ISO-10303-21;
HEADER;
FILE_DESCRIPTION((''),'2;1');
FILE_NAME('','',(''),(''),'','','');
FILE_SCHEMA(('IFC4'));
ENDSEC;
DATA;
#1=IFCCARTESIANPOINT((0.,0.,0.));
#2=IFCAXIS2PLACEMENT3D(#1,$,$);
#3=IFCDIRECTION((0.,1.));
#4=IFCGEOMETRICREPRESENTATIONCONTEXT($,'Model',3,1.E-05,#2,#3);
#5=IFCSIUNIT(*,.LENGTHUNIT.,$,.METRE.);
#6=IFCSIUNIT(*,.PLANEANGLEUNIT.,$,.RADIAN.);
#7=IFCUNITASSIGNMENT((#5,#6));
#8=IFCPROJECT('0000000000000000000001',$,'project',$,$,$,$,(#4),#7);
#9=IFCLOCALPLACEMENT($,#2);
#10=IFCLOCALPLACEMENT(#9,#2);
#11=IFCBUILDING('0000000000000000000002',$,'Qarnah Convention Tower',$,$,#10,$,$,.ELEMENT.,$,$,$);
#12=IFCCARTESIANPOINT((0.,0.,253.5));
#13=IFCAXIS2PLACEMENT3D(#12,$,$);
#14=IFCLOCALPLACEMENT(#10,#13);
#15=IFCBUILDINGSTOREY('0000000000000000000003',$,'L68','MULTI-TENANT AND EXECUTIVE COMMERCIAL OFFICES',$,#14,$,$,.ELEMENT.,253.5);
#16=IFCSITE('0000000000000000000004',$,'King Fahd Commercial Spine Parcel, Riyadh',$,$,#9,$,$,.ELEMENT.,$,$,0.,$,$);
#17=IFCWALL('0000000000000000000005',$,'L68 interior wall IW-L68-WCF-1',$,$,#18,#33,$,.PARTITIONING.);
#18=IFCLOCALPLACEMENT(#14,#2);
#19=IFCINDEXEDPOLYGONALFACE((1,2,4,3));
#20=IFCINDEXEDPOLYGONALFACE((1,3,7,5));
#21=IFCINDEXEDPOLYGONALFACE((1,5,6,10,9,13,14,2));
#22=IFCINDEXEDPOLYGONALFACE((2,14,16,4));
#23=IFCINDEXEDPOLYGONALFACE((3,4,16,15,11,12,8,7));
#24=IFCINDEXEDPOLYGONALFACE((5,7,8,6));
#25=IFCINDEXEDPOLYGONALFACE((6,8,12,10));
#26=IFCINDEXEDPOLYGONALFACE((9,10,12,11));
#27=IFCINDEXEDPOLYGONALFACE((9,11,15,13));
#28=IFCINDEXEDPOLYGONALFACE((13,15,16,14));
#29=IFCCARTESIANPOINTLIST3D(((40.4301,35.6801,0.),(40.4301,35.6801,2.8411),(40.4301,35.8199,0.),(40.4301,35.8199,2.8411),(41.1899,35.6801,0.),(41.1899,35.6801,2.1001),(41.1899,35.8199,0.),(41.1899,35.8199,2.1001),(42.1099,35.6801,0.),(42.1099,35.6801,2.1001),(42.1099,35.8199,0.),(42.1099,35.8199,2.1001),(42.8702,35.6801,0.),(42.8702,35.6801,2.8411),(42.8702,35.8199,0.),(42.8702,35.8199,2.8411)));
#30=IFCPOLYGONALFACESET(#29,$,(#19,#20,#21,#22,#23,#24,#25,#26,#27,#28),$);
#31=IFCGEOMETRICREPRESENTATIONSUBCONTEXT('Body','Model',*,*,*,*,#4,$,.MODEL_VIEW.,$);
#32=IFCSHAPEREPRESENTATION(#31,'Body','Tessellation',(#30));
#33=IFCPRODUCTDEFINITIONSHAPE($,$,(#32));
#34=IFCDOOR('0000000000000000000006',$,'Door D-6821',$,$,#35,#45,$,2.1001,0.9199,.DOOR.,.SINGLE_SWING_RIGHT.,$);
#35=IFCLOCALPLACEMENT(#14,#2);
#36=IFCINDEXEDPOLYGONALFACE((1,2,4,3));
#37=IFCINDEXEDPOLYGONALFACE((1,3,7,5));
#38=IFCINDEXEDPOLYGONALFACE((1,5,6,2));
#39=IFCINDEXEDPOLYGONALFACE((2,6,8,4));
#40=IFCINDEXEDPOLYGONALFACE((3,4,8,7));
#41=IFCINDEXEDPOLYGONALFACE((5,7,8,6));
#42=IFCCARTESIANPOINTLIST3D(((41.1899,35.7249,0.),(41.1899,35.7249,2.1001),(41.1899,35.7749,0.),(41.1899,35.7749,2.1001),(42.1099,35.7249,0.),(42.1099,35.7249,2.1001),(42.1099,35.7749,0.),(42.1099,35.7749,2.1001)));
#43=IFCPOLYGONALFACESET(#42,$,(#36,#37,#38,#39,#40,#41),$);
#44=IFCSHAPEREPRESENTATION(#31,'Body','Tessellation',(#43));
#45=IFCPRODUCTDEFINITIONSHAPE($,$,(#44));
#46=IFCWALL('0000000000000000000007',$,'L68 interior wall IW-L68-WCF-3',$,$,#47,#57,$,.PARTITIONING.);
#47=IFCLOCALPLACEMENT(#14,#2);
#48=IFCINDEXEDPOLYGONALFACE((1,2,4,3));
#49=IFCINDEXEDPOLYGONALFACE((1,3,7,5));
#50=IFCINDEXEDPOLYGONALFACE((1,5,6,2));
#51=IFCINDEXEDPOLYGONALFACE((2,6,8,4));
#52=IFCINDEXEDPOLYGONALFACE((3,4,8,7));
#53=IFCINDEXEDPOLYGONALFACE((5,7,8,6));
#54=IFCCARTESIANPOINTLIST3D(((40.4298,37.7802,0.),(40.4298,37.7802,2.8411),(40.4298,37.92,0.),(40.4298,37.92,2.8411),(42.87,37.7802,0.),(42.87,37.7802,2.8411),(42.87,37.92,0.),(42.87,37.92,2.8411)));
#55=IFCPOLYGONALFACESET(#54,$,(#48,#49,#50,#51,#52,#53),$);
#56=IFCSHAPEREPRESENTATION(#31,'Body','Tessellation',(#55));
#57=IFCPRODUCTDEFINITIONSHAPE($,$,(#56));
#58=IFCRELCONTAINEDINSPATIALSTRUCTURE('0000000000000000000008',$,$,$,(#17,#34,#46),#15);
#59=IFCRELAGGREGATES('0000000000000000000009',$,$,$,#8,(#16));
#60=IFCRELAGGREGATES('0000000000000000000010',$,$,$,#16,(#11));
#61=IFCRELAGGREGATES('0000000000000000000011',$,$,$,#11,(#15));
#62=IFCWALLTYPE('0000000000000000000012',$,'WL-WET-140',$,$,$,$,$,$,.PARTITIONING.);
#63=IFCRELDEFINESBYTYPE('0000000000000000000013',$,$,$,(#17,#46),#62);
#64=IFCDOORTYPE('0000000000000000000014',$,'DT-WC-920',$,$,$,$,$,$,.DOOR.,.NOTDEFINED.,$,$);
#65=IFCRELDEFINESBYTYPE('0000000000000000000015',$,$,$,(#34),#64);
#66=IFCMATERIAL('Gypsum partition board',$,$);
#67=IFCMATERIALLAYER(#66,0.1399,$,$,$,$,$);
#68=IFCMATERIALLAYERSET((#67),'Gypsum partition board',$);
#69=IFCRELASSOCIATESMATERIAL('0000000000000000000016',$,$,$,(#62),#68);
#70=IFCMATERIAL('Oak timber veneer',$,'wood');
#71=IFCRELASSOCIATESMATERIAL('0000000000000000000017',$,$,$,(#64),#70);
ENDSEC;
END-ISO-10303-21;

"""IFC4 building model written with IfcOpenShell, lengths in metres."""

from ifc_helpers import new_model, si_unit, direction, frame, frame_2d, origin, place, context, subcontext, project, spatial, rectangle, extrude, material, layer, layer_set, type_object, element, fill, save


model = new_model("IFC4")

# Units and contexts
model_context = context("Model", 3, precision=1e-05, world=origin(), true_north=direction((0.0, 1.0)))
body_context = subcontext(model_context, "Body", "Model", "MODEL_VIEW")
ifc_project = project(units=[si_unit("LENGTHUNIT", "METRE"), si_unit("PLANEANGLEUNIT", "RADIAN")], contexts=[model_context])

# Site, building, storey
site_placement = place(None, origin())
site = spatial("IfcSite", under=ifc_project, at=site_placement, Name="King Fahd Commercial Spine Parcel, Riyadh", CompositionType="ELEMENT", RefElevation=0.0)
building_placement = place(site_placement, origin())
building = spatial("IfcBuilding", under=site, at=building_placement, Name="Qarnah Convention Tower", CompositionType="ELEMENT")
storey_placement = place(building_placement, frame((0.0, 0.0, 253.5)))
storey = spatial("IfcBuildingStorey", under=building, at=storey_placement, Name="L68", Description="MULTI-TENANT AND EXECUTIVE COMMERCIAL OFFICES", CompositionType="ELEMENT", Elevation=253.5)

# Shared definitions
ifc_material_1 = material(Name="Gypsum partition board")
ifc_material_2 = material(Name="Oak timber veneer", Category="wood")

# Shared definitions
ifc_layer_1 = layer(ifc_material_1, 0.1399)
ifc_layer_set_1 = layer_set([ifc_layer_1], Name="Gypsum partition board")
wall_type_1 = type_object("IfcWallType", Name="WL-WET-140", PredefinedType="PARTITIONING", material=ifc_layer_set_1)
door_type_1 = type_object("IfcDoorType", Name="DT-WC-920", OperationType="NOTDEFINED", PredefinedType="DOOR", material=ifc_material_2)

# Wall, opening, door
wall_1_placement = place(storey_placement, frame((40.4299, 35.75, 0.0), z_axis=(0.0, 0.0, 1.0), x_axis=(1.0, 0.0, 0.0)))
wall_1 = element("IfcWall", 1, at=wall_1_placement, inside=storey, type_object=wall_type_1, Name="L68 interior wall IW-L68-WCF-1", PredefinedType="PARTITIONING", context=body_context, shape_type="SweptSolid", body=[
    extrude(rectangle(XDim=2.4402, YDim=0.1399, at=frame_2d((1.2202, 0.0))), origin(), (0.0, 0.0, 1.0), 2.8411),
])
opening_1_placement = place(wall_1_placement, frame((0.76, 0.0, 0.0)))
opening_1 = element("IfcOpeningElement", 2, at=opening_1_placement, cuts=wall_1, PredefinedType="OPENING", context=body_context, shape_type="SweptSolid", body=[
    extrude(rectangle(XDim=0.9199, YDim=2.1001, at=frame_2d((0.46, 1.05))), frame((0.0, 0.0798, 0.0), z_axis=(0.0, -1.0, 0.0), x_axis=(1.0, 0.0, 0.0)), (0.0, 0.0, 1.0), 0.1599),
])
door_1_placement = place(opening_1_placement, origin())
door_1 = element("IfcDoor", 3, at=door_1_placement, inside=storey, type_object=door_type_1, Name="Door D-6821", OperationType="SINGLE_SWING_RIGHT", OverallHeight=2.1001, OverallWidth=0.9199, PredefinedType="DOOR", context=body_context, shape_type="SweptSolid", body=[
    extrude(rectangle(XDim=0.9199, YDim=2.1001, at=frame_2d((0.46, 1.05))), frame((0.0, 0.0249, 0.0), z_axis=(0.0, -1.0, 0.0), x_axis=(1.0, 0.0, 0.0)), (0.0, 0.0, 1.0), 0.05),
])
fill(opening_1, door_1)

# Wall
wall_2_placement = place(storey_placement, frame((42.8701, 37.8501, 0.0), z_axis=(0.0, 0.0, 1.0), x_axis=(-1.0, 0.0, 0.0)))
element("IfcWall", 4, at=wall_2_placement, inside=storey, type_object=wall_type_1, Name="L68 interior wall IW-L68-WCF-3", PredefinedType="PARTITIONING", context=body_context, shape_type="SweptSolid", body=[
    extrude(rectangle(XDim=2.4402, YDim=0.1399, at=frame_2d((1.2202, 0.0))), origin(), (0.0, 0.0, 1.0), 2.8411),
])

save(model, "model.ifc")
